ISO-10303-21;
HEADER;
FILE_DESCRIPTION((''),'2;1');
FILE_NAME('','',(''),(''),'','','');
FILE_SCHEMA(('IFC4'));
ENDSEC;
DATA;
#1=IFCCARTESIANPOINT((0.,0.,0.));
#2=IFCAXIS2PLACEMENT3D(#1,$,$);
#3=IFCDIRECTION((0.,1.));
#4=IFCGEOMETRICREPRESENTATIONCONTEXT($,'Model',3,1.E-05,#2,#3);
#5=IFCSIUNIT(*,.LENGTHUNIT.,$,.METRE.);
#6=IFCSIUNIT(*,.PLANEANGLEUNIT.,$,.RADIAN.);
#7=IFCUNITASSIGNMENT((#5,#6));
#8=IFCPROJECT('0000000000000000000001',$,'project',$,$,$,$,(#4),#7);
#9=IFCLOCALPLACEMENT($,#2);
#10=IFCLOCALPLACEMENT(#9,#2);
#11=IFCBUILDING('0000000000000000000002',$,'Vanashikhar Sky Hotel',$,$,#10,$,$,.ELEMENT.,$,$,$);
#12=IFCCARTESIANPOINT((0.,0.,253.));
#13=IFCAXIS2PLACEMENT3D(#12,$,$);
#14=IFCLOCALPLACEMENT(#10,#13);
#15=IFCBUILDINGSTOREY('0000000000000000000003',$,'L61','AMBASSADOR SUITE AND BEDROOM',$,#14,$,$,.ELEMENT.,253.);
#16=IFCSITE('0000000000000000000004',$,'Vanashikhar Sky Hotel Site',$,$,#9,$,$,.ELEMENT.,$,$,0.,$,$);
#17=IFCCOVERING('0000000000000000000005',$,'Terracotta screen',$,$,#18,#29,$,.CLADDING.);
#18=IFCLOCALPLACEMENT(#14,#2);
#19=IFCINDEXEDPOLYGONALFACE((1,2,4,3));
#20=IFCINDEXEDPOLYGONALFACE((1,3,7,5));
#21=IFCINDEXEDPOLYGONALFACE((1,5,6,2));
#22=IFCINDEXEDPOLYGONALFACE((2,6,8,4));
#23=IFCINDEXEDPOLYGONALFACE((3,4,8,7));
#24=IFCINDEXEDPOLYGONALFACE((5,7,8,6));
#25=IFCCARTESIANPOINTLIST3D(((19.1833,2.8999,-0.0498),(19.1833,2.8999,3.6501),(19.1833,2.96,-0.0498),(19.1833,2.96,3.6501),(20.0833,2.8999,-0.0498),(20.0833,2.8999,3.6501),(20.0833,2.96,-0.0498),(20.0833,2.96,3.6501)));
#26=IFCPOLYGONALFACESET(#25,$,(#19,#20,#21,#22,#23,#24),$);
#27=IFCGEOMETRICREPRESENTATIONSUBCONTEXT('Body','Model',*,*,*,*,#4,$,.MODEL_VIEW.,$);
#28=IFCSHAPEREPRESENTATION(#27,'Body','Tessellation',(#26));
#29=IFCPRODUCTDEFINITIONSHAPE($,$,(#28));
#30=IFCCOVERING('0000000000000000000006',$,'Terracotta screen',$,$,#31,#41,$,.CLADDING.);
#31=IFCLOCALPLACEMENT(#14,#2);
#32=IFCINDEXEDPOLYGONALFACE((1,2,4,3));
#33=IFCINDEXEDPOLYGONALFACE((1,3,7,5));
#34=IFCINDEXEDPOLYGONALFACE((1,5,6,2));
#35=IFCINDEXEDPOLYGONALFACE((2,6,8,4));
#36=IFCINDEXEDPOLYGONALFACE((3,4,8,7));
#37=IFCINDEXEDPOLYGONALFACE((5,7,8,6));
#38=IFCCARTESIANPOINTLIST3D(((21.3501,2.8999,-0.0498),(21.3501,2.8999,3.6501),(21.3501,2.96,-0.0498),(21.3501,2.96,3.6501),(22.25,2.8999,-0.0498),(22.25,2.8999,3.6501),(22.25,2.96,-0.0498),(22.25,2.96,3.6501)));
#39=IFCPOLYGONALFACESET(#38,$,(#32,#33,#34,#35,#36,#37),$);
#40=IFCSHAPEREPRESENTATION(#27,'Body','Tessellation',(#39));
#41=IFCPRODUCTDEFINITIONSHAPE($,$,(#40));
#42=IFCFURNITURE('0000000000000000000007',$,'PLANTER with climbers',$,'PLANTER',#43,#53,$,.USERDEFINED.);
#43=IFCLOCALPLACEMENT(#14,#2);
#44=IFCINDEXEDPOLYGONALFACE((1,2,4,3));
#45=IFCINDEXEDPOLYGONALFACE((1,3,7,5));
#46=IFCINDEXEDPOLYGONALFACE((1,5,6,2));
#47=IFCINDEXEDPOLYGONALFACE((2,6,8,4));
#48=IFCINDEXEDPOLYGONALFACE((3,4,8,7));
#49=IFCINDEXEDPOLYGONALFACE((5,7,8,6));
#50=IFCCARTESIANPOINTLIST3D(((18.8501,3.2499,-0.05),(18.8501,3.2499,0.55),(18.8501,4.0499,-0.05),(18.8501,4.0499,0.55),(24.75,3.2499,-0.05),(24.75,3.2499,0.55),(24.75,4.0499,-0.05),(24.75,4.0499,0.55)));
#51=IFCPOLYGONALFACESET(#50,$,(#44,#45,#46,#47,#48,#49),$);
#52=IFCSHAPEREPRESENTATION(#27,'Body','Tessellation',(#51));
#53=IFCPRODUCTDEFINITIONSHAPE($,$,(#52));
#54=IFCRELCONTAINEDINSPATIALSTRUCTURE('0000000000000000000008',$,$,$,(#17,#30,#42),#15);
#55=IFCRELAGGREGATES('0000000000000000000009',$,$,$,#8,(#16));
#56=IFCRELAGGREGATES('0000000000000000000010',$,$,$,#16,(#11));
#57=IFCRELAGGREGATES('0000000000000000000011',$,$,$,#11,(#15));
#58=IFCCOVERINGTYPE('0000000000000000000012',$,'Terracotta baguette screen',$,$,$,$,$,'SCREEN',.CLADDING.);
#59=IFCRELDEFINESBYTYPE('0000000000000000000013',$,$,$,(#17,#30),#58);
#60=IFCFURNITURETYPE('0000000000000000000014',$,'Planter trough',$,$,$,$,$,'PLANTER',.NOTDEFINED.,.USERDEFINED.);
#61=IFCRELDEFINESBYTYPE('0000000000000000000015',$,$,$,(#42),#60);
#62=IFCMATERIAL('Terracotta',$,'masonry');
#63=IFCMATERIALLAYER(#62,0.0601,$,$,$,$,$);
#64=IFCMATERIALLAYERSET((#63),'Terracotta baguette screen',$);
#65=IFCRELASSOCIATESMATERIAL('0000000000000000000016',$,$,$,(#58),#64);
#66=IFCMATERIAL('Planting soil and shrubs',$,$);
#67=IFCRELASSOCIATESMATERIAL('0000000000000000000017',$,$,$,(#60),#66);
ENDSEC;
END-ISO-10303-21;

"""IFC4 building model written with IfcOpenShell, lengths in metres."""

from ifc_helpers import new_model, si_unit, direction, frame, origin, origin_2d, place, context, subcontext, project, spatial, rectangle, extrude, source, transform, mapped, material, layer, layer_set, type_object, element, save


model = new_model("IFC4")

# Units and contexts
model_context = context("Model", 3, precision=1e-05, world=origin(), true_north=direction((0.0, 1.0)))
body_context = subcontext(model_context, "Body", "Model", "MODEL_VIEW")
ifc_project = project(units=[si_unit("LENGTHUNIT", "METRE"), si_unit("PLANEANGLEUNIT", "RADIAN")], contexts=[model_context])

# Site, building, storey
site_placement = place(None, origin())
site = spatial("IfcSite", under=ifc_project, at=site_placement, Name="Vanashikhar Sky Hotel Site", CompositionType="ELEMENT", RefElevation=0.0)
building_placement = place(site_placement, origin())
building = spatial("IfcBuilding", under=site, at=building_placement, Name="Vanashikhar Sky Hotel", CompositionType="ELEMENT")
storey_placement = place(building_placement, frame((0.0, 0.0, 253.0)))
storey = spatial("IfcBuildingStorey", under=building, at=storey_placement, Name="L61", Description="AMBASSADOR SUITE AND BEDROOM", CompositionType="ELEMENT", Elevation=253.0)

# Coverings
ifc_material_1 = material(Name="Terracotta", Category="masonry")
ifc_layer_1 = layer(ifc_material_1, 0.0601)
ifc_layer_set_1 = layer_set([ifc_layer_1], Name="Terracotta baguette screen")
covering_type = type_object("IfcCoveringType", Name="Terracotta baguette screen", ElementType="SCREEN", PredefinedType="CLADDING", material=ifc_layer_set_1)
shared_shape_1 = source(origin(), body_context, "Body", "SweptSolid", [
    extrude(rectangle(XDim=0.8999, YDim=0.0601, at=origin_2d()), origin(), (0.0, 0.0, 1.0), 3.7),
])
for number, where, z_axis, x_axis, name in (
    (1, (19.6333, 2.9299, -0.0498), (0.0, 0.0, 1.0), (1.0, 0.0, 0.0), "Terracotta screen"),
    (2, (21.8, 2.9299, -0.0498), (0.0, 0.0, 1.0), (1.0, 0.0, 0.0), "Terracotta screen"),
):
    element("IfcCovering", number, at=place(storey_placement, frame(where, z_axis=z_axis, x_axis=x_axis)), inside=storey, type_object=covering_type, Name=name, PredefinedType="CLADDING", context=body_context, shape_type="MappedRepresentation", body=[
        mapped(shared_shape_1, transform((0.0, 0.0, 0.0), scale=1.0)),
    ])

# Furniture
ifc_material_2 = material(Name="Planting soil and shrubs")
furniture_type = type_object("IfcFurnitureType", Name="Planter trough", ElementType="PLANTER", AssemblyPlace="NOTDEFINED", PredefinedType="USERDEFINED", material=ifc_material_2)
shared_shape_2 = source(origin(), body_context, "Body", "SweptSolid", [
    extrude(rectangle(XDim=5.8999, YDim=0.8, at=origin_2d()), origin(), (0.0, 0.0, 1.0), 0.6001),
])
furniture_placement = place(storey_placement, frame((21.8, 3.6499, -0.05), z_axis=(0.0, 0.0, 1.0), x_axis=(1.0, 0.0, 0.0)))
element("IfcFurniture", 3, at=furniture_placement, inside=storey, type_object=furniture_type, Name="PLANTER with climbers", ObjectType="PLANTER", PredefinedType="USERDEFINED", context=body_context, shape_type="MappedRepresentation", body=[
    mapped(shared_shape_2, transform((0.0, 0.0, 0.0), scale=1.0)),
])

save(model, "model.ifc")
